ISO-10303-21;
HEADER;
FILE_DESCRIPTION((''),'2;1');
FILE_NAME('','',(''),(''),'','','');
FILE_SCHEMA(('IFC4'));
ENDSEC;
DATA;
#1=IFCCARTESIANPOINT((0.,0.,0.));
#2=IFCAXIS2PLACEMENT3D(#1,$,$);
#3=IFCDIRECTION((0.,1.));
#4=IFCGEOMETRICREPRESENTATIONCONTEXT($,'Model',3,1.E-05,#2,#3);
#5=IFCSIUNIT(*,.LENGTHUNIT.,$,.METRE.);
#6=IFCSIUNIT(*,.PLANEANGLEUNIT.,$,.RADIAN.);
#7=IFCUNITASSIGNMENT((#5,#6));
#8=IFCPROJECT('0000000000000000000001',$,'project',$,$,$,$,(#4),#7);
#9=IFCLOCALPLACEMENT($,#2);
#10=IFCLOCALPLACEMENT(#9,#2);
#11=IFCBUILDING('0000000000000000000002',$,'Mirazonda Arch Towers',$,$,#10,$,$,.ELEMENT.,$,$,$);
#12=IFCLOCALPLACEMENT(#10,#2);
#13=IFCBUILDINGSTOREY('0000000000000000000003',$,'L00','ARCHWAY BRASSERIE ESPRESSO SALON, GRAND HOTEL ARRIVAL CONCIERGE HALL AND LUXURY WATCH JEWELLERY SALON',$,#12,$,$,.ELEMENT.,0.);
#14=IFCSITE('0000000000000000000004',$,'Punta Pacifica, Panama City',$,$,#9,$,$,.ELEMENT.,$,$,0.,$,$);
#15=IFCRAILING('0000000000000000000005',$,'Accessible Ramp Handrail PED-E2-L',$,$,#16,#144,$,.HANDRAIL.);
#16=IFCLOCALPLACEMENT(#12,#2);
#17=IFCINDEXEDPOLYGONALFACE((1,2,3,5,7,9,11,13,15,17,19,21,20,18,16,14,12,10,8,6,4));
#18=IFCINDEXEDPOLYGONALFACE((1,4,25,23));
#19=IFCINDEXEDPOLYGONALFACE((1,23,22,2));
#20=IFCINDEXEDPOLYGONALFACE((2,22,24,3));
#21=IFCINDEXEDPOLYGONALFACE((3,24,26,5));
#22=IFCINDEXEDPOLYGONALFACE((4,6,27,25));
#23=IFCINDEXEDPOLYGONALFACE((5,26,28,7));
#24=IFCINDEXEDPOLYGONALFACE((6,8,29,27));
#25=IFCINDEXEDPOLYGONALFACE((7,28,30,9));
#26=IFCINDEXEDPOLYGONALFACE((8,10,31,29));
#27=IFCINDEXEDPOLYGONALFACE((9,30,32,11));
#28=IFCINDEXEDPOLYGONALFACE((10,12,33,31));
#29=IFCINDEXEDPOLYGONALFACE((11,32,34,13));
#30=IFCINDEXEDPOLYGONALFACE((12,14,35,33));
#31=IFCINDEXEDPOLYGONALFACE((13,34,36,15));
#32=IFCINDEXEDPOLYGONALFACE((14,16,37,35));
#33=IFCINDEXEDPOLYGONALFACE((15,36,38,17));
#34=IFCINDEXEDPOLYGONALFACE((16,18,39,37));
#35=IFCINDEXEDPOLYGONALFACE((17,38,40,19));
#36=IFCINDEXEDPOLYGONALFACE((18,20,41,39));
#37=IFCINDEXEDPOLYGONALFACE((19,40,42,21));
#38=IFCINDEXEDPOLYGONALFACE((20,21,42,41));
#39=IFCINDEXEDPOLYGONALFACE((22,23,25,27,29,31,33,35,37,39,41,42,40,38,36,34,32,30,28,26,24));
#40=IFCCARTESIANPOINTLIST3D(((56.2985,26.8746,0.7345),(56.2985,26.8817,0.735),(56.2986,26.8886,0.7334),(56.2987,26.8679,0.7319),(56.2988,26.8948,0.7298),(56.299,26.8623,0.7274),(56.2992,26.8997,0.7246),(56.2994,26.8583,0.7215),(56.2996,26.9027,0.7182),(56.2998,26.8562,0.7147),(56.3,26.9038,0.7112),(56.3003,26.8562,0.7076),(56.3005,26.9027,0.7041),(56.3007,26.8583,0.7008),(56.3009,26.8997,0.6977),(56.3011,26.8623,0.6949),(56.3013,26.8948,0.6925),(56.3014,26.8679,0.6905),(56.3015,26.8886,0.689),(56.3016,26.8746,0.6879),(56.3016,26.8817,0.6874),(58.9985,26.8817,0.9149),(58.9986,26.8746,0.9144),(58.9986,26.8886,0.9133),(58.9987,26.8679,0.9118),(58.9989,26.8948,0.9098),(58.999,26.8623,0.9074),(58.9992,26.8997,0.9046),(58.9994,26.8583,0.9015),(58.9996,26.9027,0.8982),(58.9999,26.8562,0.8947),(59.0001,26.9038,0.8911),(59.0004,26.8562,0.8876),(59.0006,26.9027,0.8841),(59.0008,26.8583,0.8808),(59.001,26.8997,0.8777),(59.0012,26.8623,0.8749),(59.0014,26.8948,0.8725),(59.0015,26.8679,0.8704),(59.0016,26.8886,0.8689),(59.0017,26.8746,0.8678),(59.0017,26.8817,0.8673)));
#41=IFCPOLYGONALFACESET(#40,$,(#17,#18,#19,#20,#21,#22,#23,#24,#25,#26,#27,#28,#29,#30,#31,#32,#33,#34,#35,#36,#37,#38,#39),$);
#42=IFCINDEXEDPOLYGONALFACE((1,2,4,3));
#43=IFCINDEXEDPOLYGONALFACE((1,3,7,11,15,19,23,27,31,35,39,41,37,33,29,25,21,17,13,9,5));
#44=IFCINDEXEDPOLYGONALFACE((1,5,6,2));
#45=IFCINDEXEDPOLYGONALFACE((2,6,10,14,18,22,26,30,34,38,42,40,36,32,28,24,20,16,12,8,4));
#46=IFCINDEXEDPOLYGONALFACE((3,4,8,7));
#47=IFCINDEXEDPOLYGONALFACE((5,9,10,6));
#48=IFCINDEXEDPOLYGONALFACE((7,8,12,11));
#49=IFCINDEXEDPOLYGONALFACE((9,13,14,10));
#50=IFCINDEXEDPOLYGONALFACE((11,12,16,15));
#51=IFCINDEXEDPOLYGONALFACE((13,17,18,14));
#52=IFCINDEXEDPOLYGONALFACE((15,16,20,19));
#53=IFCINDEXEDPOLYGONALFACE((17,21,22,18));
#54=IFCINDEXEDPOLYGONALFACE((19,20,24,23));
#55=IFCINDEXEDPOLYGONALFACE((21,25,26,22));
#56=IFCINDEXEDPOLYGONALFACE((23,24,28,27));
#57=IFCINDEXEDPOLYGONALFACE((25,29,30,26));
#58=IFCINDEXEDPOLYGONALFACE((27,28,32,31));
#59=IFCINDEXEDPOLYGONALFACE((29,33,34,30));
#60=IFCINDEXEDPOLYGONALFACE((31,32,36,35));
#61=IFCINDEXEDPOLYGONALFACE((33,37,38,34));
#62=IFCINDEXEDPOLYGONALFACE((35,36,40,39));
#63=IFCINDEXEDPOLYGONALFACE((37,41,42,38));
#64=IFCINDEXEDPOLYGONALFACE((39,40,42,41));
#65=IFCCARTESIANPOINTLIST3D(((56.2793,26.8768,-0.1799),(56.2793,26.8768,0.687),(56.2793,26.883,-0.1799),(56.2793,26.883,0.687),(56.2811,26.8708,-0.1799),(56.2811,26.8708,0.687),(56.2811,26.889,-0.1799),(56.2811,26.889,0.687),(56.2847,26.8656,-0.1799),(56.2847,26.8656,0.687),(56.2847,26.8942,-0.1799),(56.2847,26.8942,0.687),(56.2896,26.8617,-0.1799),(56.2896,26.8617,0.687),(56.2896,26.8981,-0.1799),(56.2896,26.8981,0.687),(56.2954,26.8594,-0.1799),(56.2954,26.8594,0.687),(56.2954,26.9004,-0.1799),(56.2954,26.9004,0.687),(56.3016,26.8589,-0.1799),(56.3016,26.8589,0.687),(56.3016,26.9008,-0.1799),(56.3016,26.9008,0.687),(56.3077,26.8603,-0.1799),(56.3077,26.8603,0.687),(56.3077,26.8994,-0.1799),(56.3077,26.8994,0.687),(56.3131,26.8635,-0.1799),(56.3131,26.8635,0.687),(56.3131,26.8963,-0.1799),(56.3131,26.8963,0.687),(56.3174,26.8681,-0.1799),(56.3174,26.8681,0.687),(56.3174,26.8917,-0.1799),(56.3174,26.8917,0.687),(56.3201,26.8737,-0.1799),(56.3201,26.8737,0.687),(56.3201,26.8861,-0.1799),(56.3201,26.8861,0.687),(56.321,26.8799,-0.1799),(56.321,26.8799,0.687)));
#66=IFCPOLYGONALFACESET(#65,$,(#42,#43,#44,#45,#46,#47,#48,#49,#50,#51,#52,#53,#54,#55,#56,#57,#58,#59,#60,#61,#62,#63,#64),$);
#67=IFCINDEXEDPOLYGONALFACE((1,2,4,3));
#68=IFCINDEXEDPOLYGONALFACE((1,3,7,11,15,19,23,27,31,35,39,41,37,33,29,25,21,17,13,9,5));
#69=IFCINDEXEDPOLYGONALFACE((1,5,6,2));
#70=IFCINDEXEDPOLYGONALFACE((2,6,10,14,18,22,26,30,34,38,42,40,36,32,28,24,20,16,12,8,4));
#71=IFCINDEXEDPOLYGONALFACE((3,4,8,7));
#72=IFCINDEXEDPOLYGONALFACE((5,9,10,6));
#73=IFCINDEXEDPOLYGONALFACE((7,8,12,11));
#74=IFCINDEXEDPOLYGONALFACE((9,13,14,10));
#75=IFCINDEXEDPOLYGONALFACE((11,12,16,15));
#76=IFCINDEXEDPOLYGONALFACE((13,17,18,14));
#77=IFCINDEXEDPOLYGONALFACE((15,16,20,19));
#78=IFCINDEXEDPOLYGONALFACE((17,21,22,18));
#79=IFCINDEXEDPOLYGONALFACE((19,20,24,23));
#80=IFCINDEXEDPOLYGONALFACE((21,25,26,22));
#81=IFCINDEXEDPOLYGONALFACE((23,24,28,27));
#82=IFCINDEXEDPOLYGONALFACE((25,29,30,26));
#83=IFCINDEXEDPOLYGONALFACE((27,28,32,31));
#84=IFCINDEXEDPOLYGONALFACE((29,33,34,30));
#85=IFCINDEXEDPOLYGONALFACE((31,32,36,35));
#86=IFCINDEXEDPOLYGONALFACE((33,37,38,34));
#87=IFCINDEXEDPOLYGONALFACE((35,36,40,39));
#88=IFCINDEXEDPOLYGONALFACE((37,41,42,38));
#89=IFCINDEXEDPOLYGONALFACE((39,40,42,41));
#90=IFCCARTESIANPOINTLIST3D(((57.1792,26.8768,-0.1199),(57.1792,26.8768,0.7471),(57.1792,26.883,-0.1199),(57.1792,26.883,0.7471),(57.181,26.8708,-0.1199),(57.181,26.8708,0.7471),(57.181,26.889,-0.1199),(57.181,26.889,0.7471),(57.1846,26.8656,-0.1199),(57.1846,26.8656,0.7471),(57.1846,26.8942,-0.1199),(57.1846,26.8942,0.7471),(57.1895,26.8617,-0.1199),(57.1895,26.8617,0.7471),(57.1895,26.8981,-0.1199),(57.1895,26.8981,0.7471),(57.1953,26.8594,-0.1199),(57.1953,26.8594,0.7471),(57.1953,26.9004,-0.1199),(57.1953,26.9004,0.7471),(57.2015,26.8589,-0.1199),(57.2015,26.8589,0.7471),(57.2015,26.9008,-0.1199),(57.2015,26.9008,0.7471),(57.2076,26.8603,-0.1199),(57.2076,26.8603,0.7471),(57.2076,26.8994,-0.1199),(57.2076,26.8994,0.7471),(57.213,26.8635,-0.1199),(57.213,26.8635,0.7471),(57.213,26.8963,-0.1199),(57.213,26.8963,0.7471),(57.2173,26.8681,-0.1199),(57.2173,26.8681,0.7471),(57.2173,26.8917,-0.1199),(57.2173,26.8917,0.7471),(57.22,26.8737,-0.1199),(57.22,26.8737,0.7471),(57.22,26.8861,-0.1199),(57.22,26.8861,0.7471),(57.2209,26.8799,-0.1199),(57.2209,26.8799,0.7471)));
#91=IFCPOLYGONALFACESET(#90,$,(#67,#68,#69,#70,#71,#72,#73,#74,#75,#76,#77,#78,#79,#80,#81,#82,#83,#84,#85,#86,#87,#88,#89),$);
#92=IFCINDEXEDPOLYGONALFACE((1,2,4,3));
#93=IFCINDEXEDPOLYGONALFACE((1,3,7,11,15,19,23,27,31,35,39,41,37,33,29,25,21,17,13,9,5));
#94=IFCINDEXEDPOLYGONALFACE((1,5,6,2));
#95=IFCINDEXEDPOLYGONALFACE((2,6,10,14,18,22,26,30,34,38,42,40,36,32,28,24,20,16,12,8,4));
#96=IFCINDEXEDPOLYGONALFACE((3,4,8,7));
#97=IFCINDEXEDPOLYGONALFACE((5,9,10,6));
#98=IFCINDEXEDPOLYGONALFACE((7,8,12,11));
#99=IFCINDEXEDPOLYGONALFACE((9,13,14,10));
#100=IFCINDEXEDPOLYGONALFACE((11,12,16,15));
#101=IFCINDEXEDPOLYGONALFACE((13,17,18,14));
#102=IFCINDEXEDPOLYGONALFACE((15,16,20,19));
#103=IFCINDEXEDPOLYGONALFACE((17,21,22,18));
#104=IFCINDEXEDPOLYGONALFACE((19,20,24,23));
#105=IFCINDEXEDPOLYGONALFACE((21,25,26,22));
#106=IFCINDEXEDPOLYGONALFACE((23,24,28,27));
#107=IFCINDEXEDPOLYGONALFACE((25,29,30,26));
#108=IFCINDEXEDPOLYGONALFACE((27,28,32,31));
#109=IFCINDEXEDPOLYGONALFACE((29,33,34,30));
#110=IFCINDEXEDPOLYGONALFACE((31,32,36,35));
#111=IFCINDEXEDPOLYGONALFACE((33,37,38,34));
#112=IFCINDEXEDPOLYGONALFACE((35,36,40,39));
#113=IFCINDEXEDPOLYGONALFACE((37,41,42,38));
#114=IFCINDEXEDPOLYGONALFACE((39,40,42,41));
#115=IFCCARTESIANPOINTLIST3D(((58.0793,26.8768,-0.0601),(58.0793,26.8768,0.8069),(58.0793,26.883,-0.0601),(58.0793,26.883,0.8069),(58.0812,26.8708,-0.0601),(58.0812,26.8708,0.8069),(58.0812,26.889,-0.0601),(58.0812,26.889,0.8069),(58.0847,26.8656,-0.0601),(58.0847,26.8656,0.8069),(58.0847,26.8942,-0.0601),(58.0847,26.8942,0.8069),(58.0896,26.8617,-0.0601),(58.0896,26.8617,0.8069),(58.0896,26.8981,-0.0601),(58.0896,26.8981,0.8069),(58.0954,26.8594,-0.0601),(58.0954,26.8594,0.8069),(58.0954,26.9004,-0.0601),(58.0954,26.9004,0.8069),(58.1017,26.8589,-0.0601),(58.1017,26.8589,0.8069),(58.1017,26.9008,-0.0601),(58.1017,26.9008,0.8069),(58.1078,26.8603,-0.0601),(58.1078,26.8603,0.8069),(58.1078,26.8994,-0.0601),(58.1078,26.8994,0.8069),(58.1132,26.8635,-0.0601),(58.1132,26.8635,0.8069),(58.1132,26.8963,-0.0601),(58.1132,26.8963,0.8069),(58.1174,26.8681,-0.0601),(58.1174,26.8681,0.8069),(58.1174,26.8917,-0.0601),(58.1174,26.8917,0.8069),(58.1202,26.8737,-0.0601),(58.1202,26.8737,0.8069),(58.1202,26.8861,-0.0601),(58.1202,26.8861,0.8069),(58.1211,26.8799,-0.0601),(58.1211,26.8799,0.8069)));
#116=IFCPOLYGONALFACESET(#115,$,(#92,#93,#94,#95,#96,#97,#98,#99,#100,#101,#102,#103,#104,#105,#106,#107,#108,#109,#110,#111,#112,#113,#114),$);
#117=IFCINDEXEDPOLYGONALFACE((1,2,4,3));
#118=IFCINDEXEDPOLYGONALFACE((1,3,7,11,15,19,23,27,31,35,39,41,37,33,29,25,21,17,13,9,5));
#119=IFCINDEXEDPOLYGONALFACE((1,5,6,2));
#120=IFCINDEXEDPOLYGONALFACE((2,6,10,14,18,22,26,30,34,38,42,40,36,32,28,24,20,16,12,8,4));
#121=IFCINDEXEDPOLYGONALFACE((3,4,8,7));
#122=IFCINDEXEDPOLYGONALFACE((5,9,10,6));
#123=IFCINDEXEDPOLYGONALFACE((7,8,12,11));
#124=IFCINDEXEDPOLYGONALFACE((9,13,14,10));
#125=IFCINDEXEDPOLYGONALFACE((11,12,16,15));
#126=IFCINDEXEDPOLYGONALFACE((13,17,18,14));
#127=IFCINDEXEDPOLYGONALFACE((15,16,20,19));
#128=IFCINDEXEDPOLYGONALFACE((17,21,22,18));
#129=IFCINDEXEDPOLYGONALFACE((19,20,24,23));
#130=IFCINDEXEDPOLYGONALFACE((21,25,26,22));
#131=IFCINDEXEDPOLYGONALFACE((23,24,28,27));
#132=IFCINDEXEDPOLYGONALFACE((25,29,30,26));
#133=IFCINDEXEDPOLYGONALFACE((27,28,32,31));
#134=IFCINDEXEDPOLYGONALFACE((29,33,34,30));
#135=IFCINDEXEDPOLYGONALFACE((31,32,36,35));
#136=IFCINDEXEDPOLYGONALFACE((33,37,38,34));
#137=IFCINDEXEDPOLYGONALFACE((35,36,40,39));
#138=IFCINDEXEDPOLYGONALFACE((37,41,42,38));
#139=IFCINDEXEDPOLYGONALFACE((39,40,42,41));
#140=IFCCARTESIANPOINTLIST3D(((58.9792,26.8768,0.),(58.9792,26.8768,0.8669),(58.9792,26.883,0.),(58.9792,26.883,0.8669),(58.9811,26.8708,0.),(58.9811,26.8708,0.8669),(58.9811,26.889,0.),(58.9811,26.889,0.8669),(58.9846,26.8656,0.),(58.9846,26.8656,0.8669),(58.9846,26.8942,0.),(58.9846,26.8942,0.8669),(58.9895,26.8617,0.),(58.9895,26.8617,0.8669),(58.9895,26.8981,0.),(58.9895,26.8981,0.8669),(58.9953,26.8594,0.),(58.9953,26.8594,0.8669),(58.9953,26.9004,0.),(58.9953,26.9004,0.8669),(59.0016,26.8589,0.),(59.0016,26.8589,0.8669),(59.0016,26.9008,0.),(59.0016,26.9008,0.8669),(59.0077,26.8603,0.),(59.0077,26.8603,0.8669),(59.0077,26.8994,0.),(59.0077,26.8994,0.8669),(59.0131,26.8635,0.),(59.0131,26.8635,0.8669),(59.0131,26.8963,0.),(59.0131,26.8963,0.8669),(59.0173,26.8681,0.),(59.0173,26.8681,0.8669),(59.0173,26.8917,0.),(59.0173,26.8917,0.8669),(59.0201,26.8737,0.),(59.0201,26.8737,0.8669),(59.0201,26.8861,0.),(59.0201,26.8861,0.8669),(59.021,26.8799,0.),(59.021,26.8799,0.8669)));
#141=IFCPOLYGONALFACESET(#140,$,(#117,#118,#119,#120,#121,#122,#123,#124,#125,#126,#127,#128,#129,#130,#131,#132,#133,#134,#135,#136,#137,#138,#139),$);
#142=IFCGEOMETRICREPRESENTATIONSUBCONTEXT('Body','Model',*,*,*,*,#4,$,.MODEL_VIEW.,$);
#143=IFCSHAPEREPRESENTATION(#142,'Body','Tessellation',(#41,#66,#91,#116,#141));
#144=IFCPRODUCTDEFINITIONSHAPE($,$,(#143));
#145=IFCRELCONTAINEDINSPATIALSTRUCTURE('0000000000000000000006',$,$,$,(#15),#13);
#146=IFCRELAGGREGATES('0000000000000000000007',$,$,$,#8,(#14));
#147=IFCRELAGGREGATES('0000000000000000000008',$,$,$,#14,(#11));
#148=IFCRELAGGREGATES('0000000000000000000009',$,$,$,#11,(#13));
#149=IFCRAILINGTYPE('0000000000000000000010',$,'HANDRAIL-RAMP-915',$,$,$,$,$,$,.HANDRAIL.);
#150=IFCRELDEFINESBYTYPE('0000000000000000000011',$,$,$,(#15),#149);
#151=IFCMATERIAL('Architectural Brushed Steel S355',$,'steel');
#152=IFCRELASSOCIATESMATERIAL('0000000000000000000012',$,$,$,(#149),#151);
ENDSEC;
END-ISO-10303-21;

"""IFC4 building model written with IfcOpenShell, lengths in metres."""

from ifc_helpers import new_model, si_unit, direction, frame, origin, origin_2d, place, context, subcontext, project, spatial, circle, extrude, material, type_object, element, save


model = new_model("IFC4")

# Units and contexts
model_context = context("Model", 3, precision=1e-05, world=origin(), true_north=direction((0.0, 1.0)))
body_context = subcontext(model_context, "Body", "Model", "MODEL_VIEW")
ifc_project = project(units=[si_unit("LENGTHUNIT", "METRE"), si_unit("PLANEANGLEUNIT", "RADIAN")], contexts=[model_context])

# Site, building, storey
site_placement = place(None, origin())
site = spatial("IfcSite", under=ifc_project, at=site_placement, Name="Punta Pacifica, Panama City", CompositionType="ELEMENT", RefElevation=0.0)
building_placement = place(site_placement, origin())
building = spatial("IfcBuilding", under=site, at=building_placement, Name="Mirazonda Arch Towers", CompositionType="ELEMENT")
storey_placement = place(building_placement, origin())
storey = spatial("IfcBuildingStorey", under=building, at=storey_placement, Name="L00", Description="ARCHWAY BRASSERIE ESPRESSO SALON, GRAND HOTEL ARRIVAL CONCIERGE HALL AND LUXURY WATCH JEWELLERY SALON", CompositionType="ELEMENT", Elevation=0.0)

# Railing
ifc_material_1 = material(Name="Architectural Brushed Steel S355", Category="steel")
railing_type_1 = type_object("IfcRailingType", Name="HANDRAIL-RAMP-915", PredefinedType="HANDRAIL", material=ifc_material_1)
for number, where, name in (
    (1, (56.3, 26.8799, -0.1799), "Accessible Ramp Handrail PED-E2-L"),
):
    element("IfcRailing", number, at=place(storey_placement, frame(where)), inside=storey, type_object=railing_type_1, Name=name, PredefinedType="HANDRAIL", context=body_context, shape_type="SweptSolid", body=[
        extrude(circle(Radius=0.0239, at=origin_2d()), frame((0.0, 0.0, 0.8911), z_axis=(0.997787, 0.0, 0.066495), x_axis=(0.0, 1.0, 0.0)), (0.0, 0.0, 1.0), 2.7061),
        extrude(circle(Radius=0.021, at=origin_2d()), origin(), (0.0, 0.0, 1.0), 0.8669),
        extrude(circle(Radius=0.021, at=origin_2d()), frame((0.8999, 0.0, 0.0601)), (0.0, 0.0, 1.0), 0.8669),
        extrude(circle(Radius=0.021, at=origin_2d()), frame((1.8, 0.0, 0.1199)), (0.0, 0.0, 1.0), 0.8669),
        extrude(circle(Radius=0.021, at=origin_2d()), frame((2.7, 0.0, 0.1799)), (0.0, 0.0, 1.0), 0.8669),
    ])

save(model, "model.ifc")
